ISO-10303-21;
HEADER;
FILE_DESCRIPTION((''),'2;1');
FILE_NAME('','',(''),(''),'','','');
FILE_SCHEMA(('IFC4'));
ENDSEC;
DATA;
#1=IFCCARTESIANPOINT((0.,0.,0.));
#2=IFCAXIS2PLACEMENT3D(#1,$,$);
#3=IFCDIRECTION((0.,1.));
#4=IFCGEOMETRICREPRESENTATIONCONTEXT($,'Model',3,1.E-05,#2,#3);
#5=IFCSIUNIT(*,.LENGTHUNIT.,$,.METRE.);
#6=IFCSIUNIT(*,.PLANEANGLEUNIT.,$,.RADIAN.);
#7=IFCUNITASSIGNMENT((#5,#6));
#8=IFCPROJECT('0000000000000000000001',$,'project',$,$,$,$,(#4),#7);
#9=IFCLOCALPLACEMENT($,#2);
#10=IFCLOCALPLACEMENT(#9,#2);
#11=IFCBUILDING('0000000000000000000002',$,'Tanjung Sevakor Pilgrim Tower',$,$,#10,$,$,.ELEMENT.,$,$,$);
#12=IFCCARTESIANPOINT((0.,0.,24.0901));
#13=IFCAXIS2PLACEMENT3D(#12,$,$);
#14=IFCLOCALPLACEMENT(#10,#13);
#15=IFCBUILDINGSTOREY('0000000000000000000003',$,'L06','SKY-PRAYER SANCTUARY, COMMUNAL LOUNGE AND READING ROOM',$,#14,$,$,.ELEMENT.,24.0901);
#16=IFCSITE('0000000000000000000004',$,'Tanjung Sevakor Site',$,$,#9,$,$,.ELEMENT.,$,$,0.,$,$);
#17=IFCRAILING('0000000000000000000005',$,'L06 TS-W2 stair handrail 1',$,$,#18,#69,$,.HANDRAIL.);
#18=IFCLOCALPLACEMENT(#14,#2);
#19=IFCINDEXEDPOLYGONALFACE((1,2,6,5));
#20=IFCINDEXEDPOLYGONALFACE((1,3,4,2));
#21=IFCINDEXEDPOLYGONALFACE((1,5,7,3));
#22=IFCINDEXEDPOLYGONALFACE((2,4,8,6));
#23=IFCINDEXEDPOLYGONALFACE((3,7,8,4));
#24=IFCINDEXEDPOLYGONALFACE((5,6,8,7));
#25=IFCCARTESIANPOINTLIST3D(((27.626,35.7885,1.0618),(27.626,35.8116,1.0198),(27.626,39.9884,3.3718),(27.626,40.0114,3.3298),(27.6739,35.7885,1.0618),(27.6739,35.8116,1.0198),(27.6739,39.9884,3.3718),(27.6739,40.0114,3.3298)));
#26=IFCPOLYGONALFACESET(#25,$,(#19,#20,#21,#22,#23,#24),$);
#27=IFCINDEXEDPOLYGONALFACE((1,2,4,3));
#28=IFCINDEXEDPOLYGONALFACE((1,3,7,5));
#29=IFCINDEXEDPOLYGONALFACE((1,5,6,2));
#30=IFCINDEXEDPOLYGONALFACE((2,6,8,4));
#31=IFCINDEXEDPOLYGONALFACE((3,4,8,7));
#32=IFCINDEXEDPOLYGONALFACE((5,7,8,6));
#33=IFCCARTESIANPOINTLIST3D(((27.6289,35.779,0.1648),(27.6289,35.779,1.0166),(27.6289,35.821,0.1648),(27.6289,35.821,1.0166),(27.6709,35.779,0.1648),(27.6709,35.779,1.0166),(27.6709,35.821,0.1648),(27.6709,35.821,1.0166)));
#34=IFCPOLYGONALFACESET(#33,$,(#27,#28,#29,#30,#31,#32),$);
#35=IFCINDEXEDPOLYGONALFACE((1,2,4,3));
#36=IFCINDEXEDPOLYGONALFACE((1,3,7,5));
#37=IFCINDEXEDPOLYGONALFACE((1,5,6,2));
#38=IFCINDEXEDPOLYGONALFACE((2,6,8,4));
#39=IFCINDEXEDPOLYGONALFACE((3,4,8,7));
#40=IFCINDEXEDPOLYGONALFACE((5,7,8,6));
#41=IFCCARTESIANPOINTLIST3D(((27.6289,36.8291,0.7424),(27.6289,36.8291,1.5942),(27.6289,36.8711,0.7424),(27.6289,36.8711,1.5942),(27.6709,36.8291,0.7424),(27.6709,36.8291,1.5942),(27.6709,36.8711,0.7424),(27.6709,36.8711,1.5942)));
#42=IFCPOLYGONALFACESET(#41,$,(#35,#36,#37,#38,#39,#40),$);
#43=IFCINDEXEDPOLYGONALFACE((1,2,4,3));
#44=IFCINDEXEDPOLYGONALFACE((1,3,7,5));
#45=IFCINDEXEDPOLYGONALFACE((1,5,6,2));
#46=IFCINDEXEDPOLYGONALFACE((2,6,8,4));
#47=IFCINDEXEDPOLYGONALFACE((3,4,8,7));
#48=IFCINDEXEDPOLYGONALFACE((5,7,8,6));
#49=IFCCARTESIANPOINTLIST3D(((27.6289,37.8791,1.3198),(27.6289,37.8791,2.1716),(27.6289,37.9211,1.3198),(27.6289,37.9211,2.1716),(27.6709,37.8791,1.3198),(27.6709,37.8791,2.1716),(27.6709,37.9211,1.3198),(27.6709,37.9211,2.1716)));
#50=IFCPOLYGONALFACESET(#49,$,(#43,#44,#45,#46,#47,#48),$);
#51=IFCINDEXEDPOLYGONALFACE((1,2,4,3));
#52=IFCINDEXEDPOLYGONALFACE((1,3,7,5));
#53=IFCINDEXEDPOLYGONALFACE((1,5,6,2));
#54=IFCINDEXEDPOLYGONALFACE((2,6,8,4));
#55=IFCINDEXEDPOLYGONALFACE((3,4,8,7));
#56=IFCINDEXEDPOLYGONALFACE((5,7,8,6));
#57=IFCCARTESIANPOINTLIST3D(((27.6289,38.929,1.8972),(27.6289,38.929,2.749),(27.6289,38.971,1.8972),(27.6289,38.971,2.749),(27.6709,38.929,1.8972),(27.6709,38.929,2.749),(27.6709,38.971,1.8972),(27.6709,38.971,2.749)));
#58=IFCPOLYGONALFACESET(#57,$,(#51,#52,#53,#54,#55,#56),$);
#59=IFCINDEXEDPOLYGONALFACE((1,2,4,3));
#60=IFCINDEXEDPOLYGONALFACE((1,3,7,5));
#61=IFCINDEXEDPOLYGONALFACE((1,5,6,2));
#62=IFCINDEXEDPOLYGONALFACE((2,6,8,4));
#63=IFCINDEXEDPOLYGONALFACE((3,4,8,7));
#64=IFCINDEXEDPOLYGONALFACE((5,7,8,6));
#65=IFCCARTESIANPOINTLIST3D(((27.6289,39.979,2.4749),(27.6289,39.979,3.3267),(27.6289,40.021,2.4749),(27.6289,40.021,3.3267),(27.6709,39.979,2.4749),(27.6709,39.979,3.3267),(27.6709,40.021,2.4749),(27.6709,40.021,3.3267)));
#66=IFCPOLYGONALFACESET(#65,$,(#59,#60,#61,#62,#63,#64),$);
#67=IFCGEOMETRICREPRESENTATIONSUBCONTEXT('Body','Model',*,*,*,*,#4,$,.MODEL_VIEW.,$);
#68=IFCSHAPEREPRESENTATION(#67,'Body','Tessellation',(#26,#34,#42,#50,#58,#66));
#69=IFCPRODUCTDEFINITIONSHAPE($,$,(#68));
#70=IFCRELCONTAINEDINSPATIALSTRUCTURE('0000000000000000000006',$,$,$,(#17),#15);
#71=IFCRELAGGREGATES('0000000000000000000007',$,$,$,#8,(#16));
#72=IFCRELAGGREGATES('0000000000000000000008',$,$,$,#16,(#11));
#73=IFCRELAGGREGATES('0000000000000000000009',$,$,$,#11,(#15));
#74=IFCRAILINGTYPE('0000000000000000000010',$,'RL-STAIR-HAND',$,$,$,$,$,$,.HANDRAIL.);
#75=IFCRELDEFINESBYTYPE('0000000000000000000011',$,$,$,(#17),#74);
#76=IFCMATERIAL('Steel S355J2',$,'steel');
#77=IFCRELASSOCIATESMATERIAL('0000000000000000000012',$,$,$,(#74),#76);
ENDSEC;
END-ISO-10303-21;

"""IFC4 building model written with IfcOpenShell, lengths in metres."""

from ifc_helpers import new_model, si_unit, direction, frame, origin, place, context, subcontext, project, spatial, rectangle, extrude, material, type_object, element, save


model = new_model("IFC4")

# Units and contexts
model_context = context("Model", 3, precision=1e-05, world=origin(), true_north=direction((0.0, 1.0)))
body_context = subcontext(model_context, "Body", "Model", "MODEL_VIEW")
ifc_project = project(units=[si_unit("LENGTHUNIT", "METRE"), si_unit("PLANEANGLEUNIT", "RADIAN")], contexts=[model_context])

# Site, building, storey
site_placement = place(None, origin())
site = spatial("IfcSite", under=ifc_project, at=site_placement, Name="Tanjung Sevakor Site", CompositionType="ELEMENT", RefElevation=0.0)
building_placement = place(site_placement, origin())
building = spatial("IfcBuilding", under=site, at=building_placement, Name="Tanjung Sevakor Pilgrim Tower", CompositionType="ELEMENT")
storey_placement = place(building_placement, frame((0.0, 0.0, 24.0901)))
storey = spatial("IfcBuildingStorey", under=building, at=storey_placement, Name="L06", Description="SKY-PRAYER SANCTUARY, COMMUNAL LOUNGE AND READING ROOM", CompositionType="ELEMENT", Elevation=24.0901)

# Railing
ifc_material_1 = material(Name="Steel S355J2", Category="steel")
railing_type = type_object("IfcRailingType", Name="RL-STAIR-HAND", PredefinedType="HANDRAIL", material=ifc_material_1)
railing_placement = place(storey_placement, frame((27.6499, 35.8, 0.1648)))
element("IfcRailing", 1, at=railing_placement, inside=storey, type_object=railing_type, Name="L06 TS-W2 stair handrail 1", PredefinedType="HANDRAIL", context=body_context, shape_type="SweptSolid", body=[
    extrude(rectangle(XDim=0.0479, YDim=0.0479), frame((0.0, 0.0, 0.876), z_axis=(0.0, 0.876208, 0.481932), x_axis=(-1.0, 0.0, 0.0)), (0.0, 0.0, 1.0), 4.7932),
    extrude(rectangle(XDim=0.042, YDim=0.042), origin(), (0.0, 0.0, 1.0), 0.8518),
    extrude(rectangle(XDim=0.042, YDim=0.042), frame((0.0, 1.05, 0.5776)), (0.0, 0.0, 1.0), 0.8518),
    extrude(rectangle(XDim=0.042, YDim=0.042), frame((0.0, 2.1001, 1.155)), (0.0, 0.0, 1.0), 0.8518),
    extrude(rectangle(XDim=0.042, YDim=0.042), frame((0.0, 3.1499, 1.7324)), (0.0, 0.0, 1.0), 0.8518),
    extrude(rectangle(XDim=0.042, YDim=0.042), frame((0.0, 4.2, 2.3101)), (0.0, 0.0, 1.0), 0.8518),
])

save(model, "model.ifc")
